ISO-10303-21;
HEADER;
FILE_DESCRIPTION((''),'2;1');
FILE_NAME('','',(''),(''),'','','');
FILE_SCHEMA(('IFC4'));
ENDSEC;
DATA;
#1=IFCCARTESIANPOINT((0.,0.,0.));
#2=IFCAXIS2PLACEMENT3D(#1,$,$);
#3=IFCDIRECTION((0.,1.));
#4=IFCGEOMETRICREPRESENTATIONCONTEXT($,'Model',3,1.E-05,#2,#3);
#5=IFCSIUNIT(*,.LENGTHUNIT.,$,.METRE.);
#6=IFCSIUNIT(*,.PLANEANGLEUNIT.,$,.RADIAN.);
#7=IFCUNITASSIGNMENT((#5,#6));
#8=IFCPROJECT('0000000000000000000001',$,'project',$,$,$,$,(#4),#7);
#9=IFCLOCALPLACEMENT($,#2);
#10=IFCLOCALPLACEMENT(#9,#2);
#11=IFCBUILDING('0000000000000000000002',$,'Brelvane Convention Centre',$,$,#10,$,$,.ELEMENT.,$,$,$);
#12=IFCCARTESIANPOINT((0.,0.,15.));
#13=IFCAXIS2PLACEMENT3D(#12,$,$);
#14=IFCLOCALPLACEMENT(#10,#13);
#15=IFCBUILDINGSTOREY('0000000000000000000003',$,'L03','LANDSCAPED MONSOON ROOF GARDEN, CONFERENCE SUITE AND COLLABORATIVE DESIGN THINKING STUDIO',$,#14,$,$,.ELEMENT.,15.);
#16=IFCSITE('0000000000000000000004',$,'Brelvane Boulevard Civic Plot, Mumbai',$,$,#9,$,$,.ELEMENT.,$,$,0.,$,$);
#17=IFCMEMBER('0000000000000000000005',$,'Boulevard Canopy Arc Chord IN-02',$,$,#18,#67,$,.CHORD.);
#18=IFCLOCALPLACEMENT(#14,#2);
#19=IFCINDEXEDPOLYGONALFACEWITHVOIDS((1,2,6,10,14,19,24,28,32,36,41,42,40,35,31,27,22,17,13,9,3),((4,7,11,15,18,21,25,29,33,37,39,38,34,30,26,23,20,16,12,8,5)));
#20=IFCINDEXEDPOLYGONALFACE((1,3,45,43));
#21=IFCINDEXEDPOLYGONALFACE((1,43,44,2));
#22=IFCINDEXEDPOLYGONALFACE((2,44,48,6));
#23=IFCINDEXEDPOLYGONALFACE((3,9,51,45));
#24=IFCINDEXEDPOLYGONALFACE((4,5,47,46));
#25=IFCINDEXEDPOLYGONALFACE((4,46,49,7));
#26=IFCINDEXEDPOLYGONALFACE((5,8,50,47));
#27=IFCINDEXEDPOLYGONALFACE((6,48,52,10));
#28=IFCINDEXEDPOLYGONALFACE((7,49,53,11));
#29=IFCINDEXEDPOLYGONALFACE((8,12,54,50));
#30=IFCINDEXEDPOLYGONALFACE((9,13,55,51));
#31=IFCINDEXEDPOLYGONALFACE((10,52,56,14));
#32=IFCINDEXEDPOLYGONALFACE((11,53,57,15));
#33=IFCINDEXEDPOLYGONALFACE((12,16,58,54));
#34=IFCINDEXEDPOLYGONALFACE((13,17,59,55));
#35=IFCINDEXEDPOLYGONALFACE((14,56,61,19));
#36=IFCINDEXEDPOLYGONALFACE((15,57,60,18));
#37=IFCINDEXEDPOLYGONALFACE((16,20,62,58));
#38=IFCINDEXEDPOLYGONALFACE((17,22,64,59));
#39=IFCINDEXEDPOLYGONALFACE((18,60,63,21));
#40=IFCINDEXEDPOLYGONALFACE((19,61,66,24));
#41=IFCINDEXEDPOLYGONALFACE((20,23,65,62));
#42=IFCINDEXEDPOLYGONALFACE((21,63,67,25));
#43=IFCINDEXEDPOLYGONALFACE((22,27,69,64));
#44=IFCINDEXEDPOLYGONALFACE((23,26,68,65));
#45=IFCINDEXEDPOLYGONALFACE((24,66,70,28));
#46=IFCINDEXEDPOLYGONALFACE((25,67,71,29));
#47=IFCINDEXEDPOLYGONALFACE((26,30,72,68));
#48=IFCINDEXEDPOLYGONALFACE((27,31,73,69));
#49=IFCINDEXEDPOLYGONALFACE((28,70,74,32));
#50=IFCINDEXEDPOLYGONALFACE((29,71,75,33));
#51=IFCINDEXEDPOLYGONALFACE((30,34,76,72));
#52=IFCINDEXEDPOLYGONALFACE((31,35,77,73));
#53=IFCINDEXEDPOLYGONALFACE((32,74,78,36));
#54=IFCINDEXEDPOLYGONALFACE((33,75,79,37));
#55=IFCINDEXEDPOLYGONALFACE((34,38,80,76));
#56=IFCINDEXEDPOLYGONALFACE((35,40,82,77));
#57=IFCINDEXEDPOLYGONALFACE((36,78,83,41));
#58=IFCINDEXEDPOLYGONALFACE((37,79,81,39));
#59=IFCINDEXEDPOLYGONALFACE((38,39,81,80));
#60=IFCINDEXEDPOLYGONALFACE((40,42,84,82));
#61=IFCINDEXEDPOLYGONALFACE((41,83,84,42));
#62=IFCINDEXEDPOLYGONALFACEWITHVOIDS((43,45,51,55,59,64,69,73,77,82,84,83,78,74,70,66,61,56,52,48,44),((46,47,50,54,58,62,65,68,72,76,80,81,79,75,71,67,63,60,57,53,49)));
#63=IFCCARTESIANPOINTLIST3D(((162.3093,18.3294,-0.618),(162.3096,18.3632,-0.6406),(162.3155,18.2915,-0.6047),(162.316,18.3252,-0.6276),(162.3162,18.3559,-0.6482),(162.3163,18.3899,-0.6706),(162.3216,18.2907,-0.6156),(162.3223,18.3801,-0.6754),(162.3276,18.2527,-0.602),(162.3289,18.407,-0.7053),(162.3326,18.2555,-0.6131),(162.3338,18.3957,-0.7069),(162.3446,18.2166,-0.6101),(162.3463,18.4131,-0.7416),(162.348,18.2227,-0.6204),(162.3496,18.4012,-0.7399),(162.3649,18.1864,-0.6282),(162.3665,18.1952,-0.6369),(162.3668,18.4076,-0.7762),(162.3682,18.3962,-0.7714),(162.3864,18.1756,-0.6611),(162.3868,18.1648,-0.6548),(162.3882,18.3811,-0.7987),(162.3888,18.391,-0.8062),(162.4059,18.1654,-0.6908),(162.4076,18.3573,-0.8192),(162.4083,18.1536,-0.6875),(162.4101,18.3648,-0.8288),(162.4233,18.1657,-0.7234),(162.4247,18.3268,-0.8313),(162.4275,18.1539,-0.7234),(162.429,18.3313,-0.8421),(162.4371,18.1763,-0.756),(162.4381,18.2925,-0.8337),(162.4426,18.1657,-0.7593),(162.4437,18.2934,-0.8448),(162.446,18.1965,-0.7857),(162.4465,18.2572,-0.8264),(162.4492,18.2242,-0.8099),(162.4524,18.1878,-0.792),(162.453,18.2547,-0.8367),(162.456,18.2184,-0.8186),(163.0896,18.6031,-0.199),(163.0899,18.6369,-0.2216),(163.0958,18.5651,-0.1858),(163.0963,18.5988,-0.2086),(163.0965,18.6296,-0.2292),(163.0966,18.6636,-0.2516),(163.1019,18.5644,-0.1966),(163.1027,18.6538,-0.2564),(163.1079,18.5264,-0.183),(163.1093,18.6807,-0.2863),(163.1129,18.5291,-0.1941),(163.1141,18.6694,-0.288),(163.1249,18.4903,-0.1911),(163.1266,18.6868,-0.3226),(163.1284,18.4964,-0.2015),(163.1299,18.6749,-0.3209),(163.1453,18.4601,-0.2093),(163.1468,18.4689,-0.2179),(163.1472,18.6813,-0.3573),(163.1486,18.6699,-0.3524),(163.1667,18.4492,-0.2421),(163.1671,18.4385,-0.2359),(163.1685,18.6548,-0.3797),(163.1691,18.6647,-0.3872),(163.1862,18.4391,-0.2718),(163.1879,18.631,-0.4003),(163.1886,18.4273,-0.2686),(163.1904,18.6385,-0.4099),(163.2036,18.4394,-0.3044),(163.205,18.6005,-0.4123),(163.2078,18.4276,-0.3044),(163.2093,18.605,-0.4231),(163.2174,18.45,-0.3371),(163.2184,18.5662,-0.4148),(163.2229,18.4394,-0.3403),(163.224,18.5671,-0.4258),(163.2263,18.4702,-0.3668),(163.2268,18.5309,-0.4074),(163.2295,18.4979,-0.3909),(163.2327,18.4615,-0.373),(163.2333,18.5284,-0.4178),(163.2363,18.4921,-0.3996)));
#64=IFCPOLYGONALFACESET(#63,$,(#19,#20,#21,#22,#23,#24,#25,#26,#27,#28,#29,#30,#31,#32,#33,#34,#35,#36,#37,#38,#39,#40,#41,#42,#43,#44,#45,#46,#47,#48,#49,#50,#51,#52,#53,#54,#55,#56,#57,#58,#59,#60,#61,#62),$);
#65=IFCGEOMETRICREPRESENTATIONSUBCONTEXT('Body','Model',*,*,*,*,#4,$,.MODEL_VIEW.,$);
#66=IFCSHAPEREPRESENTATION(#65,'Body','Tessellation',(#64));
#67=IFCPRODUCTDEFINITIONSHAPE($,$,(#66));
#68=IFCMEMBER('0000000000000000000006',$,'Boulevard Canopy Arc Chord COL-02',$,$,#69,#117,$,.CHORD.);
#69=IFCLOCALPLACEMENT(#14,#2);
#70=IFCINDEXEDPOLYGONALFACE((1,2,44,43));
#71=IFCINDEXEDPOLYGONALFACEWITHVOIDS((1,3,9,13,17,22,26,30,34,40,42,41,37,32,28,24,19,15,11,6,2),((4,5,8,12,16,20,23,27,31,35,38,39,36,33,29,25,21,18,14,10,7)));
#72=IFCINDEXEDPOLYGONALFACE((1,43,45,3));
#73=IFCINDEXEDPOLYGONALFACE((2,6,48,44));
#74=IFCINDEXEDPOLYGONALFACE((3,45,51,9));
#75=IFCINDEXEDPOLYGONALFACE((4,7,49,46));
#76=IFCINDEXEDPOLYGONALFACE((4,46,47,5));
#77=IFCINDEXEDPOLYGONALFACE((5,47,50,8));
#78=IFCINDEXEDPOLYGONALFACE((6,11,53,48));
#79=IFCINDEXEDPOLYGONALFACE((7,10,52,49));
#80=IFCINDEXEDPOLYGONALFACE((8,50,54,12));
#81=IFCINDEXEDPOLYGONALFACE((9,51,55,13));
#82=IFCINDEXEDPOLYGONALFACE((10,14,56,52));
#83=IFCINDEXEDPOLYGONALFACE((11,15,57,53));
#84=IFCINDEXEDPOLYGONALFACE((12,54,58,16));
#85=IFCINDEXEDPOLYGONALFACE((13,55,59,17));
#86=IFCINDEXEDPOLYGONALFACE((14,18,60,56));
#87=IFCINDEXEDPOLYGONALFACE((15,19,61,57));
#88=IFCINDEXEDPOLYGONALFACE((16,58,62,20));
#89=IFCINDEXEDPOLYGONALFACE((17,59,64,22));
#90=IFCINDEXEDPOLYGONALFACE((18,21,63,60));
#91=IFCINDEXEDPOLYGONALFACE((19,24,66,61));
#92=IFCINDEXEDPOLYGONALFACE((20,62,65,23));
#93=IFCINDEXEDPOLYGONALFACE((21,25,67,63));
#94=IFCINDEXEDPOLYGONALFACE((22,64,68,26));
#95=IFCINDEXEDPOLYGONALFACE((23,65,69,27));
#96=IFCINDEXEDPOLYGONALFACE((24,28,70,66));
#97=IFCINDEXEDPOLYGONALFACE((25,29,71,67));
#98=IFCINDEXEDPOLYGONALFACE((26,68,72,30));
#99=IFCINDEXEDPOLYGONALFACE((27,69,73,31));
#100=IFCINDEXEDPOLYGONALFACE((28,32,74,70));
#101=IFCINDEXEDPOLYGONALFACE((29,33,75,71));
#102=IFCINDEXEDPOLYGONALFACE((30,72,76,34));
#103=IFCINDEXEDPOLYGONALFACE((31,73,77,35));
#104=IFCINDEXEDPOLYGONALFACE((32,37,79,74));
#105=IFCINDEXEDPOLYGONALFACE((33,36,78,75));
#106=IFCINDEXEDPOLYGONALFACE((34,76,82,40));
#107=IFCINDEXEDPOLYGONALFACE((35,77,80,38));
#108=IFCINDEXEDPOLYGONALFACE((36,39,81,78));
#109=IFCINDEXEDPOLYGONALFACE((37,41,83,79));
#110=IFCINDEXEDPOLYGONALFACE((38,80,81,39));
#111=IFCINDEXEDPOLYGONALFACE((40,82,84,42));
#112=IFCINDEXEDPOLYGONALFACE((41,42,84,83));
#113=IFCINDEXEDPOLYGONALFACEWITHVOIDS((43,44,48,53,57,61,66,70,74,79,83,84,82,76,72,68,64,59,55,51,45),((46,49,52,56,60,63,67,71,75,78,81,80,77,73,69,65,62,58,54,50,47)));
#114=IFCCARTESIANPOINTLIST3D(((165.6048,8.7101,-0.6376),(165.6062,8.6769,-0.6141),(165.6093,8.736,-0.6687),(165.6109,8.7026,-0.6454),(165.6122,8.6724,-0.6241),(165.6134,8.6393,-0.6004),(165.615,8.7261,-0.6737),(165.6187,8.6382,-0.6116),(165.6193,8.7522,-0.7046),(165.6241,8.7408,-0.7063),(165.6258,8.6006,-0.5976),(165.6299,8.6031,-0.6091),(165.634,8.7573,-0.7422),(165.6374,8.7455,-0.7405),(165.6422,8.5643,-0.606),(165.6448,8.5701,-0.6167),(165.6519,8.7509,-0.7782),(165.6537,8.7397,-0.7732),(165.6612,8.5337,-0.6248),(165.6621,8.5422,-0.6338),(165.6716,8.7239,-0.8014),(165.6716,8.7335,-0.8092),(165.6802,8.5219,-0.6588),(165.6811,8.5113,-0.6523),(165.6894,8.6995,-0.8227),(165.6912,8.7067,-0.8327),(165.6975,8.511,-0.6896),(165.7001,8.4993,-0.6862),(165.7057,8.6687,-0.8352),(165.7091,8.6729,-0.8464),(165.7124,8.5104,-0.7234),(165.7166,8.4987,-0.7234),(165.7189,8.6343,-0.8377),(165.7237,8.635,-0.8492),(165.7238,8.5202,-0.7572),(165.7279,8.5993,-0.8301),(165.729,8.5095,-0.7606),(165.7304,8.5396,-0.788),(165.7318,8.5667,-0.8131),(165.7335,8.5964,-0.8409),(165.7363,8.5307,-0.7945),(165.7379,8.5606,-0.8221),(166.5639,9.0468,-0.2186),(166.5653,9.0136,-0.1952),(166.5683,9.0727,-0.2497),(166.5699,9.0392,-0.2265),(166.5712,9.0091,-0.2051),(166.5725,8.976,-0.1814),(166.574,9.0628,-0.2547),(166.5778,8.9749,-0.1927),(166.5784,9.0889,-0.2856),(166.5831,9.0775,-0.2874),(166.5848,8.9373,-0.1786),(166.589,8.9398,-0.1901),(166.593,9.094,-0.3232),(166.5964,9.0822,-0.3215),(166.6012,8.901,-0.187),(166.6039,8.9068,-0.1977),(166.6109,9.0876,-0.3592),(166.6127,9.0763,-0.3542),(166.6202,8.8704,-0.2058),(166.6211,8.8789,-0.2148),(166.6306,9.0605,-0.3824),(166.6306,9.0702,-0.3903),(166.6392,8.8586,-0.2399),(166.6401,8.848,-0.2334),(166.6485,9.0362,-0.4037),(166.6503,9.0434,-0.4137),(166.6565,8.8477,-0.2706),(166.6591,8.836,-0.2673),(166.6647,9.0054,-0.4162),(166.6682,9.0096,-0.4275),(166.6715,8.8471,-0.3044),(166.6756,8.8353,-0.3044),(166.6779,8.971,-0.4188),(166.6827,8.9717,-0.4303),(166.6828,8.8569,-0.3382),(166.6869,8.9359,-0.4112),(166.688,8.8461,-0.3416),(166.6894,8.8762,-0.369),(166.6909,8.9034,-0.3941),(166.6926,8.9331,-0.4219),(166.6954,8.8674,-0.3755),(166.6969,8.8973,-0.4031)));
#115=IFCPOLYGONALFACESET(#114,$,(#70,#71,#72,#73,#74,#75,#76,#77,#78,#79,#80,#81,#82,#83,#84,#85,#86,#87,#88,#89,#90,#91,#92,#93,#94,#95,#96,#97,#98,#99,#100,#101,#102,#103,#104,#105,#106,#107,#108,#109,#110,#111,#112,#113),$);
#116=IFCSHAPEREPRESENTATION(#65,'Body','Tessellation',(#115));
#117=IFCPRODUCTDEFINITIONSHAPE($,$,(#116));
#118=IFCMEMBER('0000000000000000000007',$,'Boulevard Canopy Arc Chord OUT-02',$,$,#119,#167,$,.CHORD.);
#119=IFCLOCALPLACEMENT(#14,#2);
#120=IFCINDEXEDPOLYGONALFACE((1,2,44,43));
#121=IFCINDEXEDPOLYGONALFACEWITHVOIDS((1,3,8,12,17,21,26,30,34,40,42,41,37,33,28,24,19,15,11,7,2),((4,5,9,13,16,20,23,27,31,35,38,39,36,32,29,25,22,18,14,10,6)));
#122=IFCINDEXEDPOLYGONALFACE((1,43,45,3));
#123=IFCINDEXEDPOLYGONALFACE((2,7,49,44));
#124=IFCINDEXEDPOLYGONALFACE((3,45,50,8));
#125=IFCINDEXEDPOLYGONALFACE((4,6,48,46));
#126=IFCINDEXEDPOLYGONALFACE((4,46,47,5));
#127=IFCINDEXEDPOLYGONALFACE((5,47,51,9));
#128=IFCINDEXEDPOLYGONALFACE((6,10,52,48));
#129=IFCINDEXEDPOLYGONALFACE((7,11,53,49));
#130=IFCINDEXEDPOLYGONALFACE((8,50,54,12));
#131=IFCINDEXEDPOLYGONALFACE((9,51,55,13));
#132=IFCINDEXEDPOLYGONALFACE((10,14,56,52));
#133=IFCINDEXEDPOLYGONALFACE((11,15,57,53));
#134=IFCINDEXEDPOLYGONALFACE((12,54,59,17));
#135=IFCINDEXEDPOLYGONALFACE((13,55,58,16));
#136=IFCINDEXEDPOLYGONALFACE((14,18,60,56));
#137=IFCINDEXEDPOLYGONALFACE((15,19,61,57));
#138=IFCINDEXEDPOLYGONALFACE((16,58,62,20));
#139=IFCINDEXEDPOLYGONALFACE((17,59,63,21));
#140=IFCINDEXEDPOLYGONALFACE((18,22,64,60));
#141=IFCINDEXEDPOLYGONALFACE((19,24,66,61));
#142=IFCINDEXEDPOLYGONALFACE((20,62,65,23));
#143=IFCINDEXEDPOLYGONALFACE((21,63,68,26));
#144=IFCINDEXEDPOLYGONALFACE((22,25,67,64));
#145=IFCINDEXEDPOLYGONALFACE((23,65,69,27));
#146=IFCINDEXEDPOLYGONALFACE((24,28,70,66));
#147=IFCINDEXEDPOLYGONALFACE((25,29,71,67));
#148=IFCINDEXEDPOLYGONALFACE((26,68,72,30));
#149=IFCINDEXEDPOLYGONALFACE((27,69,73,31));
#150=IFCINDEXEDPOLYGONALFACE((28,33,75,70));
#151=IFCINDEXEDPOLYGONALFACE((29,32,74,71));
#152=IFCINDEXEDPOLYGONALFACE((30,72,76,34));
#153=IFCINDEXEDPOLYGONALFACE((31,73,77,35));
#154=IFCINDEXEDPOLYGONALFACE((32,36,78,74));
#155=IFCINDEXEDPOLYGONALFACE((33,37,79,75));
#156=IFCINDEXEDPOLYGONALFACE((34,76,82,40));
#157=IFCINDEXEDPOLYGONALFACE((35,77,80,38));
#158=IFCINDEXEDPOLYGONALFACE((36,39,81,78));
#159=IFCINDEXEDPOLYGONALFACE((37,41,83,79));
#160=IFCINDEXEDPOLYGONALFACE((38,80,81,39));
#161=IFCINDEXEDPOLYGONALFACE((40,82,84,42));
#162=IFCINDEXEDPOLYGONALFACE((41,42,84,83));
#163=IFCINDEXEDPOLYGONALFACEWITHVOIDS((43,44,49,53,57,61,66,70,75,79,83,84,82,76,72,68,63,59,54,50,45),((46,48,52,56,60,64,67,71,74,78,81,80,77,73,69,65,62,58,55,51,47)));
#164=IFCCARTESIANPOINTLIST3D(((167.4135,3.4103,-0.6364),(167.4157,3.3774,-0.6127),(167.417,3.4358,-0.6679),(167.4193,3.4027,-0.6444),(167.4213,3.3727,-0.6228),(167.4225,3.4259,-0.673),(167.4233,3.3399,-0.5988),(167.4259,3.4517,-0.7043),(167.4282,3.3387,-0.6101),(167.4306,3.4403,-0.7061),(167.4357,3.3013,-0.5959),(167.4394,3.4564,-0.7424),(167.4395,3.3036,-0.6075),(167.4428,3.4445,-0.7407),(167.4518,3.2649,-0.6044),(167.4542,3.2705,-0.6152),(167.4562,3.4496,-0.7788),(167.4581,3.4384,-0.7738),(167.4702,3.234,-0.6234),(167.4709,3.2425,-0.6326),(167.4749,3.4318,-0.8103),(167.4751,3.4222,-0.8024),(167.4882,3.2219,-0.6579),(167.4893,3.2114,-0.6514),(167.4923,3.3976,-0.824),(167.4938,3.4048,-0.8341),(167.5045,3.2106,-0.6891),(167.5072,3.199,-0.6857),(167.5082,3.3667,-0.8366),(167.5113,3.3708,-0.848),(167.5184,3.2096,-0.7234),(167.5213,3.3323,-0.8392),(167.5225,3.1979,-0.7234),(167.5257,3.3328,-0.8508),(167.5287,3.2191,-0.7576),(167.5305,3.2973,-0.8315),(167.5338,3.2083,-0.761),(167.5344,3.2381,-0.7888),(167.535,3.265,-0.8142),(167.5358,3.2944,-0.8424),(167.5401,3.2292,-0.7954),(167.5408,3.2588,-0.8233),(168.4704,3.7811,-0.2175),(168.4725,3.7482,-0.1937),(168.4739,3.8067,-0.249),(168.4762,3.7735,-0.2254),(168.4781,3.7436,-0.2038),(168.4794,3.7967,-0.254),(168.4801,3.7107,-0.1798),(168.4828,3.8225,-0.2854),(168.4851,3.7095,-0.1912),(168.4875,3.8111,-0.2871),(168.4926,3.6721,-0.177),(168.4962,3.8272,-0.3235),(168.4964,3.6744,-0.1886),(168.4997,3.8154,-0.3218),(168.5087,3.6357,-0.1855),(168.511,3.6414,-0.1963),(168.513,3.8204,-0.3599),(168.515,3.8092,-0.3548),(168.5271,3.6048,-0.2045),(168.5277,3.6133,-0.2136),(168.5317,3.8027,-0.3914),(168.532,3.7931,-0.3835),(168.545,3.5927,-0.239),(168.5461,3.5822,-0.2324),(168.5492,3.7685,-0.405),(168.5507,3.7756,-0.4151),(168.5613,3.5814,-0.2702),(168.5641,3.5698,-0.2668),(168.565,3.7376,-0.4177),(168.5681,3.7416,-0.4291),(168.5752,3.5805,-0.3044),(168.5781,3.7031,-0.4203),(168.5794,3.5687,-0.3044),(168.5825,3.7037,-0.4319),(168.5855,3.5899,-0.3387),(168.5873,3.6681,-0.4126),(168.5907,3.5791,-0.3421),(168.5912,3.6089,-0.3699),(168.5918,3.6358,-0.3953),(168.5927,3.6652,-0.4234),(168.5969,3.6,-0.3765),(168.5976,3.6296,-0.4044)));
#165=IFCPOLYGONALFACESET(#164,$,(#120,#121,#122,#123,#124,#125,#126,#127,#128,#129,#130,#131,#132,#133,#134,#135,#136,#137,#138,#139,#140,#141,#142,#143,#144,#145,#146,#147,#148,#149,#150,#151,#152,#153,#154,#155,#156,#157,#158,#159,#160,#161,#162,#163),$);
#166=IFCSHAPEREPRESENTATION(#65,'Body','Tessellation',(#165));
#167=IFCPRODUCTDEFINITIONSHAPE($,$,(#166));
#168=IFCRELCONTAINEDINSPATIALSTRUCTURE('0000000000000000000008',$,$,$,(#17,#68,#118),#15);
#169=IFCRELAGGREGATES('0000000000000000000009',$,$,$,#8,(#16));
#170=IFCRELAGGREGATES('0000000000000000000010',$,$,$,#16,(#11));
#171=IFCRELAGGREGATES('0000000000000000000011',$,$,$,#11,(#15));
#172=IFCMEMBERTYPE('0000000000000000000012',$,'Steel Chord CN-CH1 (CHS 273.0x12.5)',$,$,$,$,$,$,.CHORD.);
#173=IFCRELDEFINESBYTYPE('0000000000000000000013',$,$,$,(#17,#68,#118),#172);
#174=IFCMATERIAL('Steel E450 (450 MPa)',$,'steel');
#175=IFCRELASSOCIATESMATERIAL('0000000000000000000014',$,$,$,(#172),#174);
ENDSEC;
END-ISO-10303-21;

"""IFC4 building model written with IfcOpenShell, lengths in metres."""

from ifc_helpers import new_model, si_unit, direction, frame, origin, origin_2d, place, context, subcontext, project, spatial, hollow_circle, extrude, material, material_profile, profile_set, type_object, element, save


model = new_model("IFC4")

# Units and contexts
model_context = context("Model", 3, precision=1e-05, world=origin(), true_north=direction((0.0, 1.0)))
body_context = subcontext(model_context, "Body", "Model", "MODEL_VIEW")
ifc_project = project(units=[si_unit("LENGTHUNIT", "METRE"), si_unit("PLANEANGLEUNIT", "RADIAN")], contexts=[model_context])

# Site, building, storey
site_placement = place(None, origin())
site = spatial("IfcSite", under=ifc_project, at=site_placement, Name="Brelvane Boulevard Civic Plot, Mumbai", CompositionType="ELEMENT", RefElevation=0.0)
building_placement = place(site_placement, origin())
building = spatial("IfcBuilding", under=site, at=building_placement, Name="Brelvane Convention Centre", CompositionType="ELEMENT")
storey_placement = place(building_placement, frame((0.0, 0.0, 15.0)))
storey = spatial("IfcBuildingStorey", under=building, at=storey_placement, Name="L03", Description="LANDSCAPED MONSOON ROOF GARDEN, CONFERENCE SUITE AND COLLABORATIVE DESIGN THINKING STUDIO", CompositionType="ELEMENT", Elevation=15.0)

# Members
ifc_material_1 = material(Name="Steel E450 (450 MPa)", Category="steel")
ifc_material_profile_1 = material_profile(ifc_material_1, hollow_circle(Radius=0.1365, WallThickness=0.0125, at=origin_2d()), Name="CHS 273.0x12.5")
ifc_profile_set_1 = profile_set([ifc_material_profile_1], Name="Steel E450 (450 MPa)")
member_type_1 = type_object("IfcMemberType", Name="Steel Chord CN-CH1 (CHS 273.0x12.5)", PredefinedType="CHORD", material=ifc_profile_set_1)
member_1_placement = place(storey_placement, frame((163.1626, 18.5564, -0.3044), z_axis=(-0.841761, -0.295248, -0.451959), x_axis=(0.330982, -0.943637, 0.0)))
element("IfcMember", 1, at=member_1_placement, inside=storey, type_object=member_type_1, Name="Boulevard Canopy Arc Chord IN-02", PredefinedType="CHORD", context=body_context, shape_type="SweptSolid", body=[
    extrude(hollow_circle(Radius=0.1365, WallThickness=0.0125, at=origin_2d()), origin(), (0.0, 0.0, 1.0), 0.927),
])
member_2_placement = place(storey_placement, frame((166.6304, 8.9641, -0.3044), z_axis=(-0.87234, -0.306252, -0.381094), x_axis=(0.331249, -0.943543, 0.0)))
element("IfcMember", 2, at=member_2_placement, inside=storey, type_object=member_type_1, Name="Boulevard Canopy Arc Chord COL-02", PredefinedType="CHORD", context=body_context, shape_type="SweptSolid", body=[
    extrude(hollow_circle(Radius=0.1365, WallThickness=0.0125, at=origin_2d()), origin(), (0.0, 0.0, 1.0), 1.0994),
])
member_3_placement = place(storey_placement, frame((168.5342, 3.6975, -0.3044), z_axis=(-0.883796, -0.310115, -0.350334), x_axis=(0.331098, -0.943596, 0.0)))
element("IfcMember", 3, at=member_3_placement, inside=storey, type_object=member_type_1, Name="Boulevard Canopy Arc Chord OUT-02", PredefinedType="CHORD", context=body_context, shape_type="SweptSolid", body=[
    extrude(hollow_circle(Radius=0.1365, WallThickness=0.0125, at=origin_2d()), origin(), (0.0, 0.0, 1.0), 1.1958),
])

save(model, "model.ifc")
